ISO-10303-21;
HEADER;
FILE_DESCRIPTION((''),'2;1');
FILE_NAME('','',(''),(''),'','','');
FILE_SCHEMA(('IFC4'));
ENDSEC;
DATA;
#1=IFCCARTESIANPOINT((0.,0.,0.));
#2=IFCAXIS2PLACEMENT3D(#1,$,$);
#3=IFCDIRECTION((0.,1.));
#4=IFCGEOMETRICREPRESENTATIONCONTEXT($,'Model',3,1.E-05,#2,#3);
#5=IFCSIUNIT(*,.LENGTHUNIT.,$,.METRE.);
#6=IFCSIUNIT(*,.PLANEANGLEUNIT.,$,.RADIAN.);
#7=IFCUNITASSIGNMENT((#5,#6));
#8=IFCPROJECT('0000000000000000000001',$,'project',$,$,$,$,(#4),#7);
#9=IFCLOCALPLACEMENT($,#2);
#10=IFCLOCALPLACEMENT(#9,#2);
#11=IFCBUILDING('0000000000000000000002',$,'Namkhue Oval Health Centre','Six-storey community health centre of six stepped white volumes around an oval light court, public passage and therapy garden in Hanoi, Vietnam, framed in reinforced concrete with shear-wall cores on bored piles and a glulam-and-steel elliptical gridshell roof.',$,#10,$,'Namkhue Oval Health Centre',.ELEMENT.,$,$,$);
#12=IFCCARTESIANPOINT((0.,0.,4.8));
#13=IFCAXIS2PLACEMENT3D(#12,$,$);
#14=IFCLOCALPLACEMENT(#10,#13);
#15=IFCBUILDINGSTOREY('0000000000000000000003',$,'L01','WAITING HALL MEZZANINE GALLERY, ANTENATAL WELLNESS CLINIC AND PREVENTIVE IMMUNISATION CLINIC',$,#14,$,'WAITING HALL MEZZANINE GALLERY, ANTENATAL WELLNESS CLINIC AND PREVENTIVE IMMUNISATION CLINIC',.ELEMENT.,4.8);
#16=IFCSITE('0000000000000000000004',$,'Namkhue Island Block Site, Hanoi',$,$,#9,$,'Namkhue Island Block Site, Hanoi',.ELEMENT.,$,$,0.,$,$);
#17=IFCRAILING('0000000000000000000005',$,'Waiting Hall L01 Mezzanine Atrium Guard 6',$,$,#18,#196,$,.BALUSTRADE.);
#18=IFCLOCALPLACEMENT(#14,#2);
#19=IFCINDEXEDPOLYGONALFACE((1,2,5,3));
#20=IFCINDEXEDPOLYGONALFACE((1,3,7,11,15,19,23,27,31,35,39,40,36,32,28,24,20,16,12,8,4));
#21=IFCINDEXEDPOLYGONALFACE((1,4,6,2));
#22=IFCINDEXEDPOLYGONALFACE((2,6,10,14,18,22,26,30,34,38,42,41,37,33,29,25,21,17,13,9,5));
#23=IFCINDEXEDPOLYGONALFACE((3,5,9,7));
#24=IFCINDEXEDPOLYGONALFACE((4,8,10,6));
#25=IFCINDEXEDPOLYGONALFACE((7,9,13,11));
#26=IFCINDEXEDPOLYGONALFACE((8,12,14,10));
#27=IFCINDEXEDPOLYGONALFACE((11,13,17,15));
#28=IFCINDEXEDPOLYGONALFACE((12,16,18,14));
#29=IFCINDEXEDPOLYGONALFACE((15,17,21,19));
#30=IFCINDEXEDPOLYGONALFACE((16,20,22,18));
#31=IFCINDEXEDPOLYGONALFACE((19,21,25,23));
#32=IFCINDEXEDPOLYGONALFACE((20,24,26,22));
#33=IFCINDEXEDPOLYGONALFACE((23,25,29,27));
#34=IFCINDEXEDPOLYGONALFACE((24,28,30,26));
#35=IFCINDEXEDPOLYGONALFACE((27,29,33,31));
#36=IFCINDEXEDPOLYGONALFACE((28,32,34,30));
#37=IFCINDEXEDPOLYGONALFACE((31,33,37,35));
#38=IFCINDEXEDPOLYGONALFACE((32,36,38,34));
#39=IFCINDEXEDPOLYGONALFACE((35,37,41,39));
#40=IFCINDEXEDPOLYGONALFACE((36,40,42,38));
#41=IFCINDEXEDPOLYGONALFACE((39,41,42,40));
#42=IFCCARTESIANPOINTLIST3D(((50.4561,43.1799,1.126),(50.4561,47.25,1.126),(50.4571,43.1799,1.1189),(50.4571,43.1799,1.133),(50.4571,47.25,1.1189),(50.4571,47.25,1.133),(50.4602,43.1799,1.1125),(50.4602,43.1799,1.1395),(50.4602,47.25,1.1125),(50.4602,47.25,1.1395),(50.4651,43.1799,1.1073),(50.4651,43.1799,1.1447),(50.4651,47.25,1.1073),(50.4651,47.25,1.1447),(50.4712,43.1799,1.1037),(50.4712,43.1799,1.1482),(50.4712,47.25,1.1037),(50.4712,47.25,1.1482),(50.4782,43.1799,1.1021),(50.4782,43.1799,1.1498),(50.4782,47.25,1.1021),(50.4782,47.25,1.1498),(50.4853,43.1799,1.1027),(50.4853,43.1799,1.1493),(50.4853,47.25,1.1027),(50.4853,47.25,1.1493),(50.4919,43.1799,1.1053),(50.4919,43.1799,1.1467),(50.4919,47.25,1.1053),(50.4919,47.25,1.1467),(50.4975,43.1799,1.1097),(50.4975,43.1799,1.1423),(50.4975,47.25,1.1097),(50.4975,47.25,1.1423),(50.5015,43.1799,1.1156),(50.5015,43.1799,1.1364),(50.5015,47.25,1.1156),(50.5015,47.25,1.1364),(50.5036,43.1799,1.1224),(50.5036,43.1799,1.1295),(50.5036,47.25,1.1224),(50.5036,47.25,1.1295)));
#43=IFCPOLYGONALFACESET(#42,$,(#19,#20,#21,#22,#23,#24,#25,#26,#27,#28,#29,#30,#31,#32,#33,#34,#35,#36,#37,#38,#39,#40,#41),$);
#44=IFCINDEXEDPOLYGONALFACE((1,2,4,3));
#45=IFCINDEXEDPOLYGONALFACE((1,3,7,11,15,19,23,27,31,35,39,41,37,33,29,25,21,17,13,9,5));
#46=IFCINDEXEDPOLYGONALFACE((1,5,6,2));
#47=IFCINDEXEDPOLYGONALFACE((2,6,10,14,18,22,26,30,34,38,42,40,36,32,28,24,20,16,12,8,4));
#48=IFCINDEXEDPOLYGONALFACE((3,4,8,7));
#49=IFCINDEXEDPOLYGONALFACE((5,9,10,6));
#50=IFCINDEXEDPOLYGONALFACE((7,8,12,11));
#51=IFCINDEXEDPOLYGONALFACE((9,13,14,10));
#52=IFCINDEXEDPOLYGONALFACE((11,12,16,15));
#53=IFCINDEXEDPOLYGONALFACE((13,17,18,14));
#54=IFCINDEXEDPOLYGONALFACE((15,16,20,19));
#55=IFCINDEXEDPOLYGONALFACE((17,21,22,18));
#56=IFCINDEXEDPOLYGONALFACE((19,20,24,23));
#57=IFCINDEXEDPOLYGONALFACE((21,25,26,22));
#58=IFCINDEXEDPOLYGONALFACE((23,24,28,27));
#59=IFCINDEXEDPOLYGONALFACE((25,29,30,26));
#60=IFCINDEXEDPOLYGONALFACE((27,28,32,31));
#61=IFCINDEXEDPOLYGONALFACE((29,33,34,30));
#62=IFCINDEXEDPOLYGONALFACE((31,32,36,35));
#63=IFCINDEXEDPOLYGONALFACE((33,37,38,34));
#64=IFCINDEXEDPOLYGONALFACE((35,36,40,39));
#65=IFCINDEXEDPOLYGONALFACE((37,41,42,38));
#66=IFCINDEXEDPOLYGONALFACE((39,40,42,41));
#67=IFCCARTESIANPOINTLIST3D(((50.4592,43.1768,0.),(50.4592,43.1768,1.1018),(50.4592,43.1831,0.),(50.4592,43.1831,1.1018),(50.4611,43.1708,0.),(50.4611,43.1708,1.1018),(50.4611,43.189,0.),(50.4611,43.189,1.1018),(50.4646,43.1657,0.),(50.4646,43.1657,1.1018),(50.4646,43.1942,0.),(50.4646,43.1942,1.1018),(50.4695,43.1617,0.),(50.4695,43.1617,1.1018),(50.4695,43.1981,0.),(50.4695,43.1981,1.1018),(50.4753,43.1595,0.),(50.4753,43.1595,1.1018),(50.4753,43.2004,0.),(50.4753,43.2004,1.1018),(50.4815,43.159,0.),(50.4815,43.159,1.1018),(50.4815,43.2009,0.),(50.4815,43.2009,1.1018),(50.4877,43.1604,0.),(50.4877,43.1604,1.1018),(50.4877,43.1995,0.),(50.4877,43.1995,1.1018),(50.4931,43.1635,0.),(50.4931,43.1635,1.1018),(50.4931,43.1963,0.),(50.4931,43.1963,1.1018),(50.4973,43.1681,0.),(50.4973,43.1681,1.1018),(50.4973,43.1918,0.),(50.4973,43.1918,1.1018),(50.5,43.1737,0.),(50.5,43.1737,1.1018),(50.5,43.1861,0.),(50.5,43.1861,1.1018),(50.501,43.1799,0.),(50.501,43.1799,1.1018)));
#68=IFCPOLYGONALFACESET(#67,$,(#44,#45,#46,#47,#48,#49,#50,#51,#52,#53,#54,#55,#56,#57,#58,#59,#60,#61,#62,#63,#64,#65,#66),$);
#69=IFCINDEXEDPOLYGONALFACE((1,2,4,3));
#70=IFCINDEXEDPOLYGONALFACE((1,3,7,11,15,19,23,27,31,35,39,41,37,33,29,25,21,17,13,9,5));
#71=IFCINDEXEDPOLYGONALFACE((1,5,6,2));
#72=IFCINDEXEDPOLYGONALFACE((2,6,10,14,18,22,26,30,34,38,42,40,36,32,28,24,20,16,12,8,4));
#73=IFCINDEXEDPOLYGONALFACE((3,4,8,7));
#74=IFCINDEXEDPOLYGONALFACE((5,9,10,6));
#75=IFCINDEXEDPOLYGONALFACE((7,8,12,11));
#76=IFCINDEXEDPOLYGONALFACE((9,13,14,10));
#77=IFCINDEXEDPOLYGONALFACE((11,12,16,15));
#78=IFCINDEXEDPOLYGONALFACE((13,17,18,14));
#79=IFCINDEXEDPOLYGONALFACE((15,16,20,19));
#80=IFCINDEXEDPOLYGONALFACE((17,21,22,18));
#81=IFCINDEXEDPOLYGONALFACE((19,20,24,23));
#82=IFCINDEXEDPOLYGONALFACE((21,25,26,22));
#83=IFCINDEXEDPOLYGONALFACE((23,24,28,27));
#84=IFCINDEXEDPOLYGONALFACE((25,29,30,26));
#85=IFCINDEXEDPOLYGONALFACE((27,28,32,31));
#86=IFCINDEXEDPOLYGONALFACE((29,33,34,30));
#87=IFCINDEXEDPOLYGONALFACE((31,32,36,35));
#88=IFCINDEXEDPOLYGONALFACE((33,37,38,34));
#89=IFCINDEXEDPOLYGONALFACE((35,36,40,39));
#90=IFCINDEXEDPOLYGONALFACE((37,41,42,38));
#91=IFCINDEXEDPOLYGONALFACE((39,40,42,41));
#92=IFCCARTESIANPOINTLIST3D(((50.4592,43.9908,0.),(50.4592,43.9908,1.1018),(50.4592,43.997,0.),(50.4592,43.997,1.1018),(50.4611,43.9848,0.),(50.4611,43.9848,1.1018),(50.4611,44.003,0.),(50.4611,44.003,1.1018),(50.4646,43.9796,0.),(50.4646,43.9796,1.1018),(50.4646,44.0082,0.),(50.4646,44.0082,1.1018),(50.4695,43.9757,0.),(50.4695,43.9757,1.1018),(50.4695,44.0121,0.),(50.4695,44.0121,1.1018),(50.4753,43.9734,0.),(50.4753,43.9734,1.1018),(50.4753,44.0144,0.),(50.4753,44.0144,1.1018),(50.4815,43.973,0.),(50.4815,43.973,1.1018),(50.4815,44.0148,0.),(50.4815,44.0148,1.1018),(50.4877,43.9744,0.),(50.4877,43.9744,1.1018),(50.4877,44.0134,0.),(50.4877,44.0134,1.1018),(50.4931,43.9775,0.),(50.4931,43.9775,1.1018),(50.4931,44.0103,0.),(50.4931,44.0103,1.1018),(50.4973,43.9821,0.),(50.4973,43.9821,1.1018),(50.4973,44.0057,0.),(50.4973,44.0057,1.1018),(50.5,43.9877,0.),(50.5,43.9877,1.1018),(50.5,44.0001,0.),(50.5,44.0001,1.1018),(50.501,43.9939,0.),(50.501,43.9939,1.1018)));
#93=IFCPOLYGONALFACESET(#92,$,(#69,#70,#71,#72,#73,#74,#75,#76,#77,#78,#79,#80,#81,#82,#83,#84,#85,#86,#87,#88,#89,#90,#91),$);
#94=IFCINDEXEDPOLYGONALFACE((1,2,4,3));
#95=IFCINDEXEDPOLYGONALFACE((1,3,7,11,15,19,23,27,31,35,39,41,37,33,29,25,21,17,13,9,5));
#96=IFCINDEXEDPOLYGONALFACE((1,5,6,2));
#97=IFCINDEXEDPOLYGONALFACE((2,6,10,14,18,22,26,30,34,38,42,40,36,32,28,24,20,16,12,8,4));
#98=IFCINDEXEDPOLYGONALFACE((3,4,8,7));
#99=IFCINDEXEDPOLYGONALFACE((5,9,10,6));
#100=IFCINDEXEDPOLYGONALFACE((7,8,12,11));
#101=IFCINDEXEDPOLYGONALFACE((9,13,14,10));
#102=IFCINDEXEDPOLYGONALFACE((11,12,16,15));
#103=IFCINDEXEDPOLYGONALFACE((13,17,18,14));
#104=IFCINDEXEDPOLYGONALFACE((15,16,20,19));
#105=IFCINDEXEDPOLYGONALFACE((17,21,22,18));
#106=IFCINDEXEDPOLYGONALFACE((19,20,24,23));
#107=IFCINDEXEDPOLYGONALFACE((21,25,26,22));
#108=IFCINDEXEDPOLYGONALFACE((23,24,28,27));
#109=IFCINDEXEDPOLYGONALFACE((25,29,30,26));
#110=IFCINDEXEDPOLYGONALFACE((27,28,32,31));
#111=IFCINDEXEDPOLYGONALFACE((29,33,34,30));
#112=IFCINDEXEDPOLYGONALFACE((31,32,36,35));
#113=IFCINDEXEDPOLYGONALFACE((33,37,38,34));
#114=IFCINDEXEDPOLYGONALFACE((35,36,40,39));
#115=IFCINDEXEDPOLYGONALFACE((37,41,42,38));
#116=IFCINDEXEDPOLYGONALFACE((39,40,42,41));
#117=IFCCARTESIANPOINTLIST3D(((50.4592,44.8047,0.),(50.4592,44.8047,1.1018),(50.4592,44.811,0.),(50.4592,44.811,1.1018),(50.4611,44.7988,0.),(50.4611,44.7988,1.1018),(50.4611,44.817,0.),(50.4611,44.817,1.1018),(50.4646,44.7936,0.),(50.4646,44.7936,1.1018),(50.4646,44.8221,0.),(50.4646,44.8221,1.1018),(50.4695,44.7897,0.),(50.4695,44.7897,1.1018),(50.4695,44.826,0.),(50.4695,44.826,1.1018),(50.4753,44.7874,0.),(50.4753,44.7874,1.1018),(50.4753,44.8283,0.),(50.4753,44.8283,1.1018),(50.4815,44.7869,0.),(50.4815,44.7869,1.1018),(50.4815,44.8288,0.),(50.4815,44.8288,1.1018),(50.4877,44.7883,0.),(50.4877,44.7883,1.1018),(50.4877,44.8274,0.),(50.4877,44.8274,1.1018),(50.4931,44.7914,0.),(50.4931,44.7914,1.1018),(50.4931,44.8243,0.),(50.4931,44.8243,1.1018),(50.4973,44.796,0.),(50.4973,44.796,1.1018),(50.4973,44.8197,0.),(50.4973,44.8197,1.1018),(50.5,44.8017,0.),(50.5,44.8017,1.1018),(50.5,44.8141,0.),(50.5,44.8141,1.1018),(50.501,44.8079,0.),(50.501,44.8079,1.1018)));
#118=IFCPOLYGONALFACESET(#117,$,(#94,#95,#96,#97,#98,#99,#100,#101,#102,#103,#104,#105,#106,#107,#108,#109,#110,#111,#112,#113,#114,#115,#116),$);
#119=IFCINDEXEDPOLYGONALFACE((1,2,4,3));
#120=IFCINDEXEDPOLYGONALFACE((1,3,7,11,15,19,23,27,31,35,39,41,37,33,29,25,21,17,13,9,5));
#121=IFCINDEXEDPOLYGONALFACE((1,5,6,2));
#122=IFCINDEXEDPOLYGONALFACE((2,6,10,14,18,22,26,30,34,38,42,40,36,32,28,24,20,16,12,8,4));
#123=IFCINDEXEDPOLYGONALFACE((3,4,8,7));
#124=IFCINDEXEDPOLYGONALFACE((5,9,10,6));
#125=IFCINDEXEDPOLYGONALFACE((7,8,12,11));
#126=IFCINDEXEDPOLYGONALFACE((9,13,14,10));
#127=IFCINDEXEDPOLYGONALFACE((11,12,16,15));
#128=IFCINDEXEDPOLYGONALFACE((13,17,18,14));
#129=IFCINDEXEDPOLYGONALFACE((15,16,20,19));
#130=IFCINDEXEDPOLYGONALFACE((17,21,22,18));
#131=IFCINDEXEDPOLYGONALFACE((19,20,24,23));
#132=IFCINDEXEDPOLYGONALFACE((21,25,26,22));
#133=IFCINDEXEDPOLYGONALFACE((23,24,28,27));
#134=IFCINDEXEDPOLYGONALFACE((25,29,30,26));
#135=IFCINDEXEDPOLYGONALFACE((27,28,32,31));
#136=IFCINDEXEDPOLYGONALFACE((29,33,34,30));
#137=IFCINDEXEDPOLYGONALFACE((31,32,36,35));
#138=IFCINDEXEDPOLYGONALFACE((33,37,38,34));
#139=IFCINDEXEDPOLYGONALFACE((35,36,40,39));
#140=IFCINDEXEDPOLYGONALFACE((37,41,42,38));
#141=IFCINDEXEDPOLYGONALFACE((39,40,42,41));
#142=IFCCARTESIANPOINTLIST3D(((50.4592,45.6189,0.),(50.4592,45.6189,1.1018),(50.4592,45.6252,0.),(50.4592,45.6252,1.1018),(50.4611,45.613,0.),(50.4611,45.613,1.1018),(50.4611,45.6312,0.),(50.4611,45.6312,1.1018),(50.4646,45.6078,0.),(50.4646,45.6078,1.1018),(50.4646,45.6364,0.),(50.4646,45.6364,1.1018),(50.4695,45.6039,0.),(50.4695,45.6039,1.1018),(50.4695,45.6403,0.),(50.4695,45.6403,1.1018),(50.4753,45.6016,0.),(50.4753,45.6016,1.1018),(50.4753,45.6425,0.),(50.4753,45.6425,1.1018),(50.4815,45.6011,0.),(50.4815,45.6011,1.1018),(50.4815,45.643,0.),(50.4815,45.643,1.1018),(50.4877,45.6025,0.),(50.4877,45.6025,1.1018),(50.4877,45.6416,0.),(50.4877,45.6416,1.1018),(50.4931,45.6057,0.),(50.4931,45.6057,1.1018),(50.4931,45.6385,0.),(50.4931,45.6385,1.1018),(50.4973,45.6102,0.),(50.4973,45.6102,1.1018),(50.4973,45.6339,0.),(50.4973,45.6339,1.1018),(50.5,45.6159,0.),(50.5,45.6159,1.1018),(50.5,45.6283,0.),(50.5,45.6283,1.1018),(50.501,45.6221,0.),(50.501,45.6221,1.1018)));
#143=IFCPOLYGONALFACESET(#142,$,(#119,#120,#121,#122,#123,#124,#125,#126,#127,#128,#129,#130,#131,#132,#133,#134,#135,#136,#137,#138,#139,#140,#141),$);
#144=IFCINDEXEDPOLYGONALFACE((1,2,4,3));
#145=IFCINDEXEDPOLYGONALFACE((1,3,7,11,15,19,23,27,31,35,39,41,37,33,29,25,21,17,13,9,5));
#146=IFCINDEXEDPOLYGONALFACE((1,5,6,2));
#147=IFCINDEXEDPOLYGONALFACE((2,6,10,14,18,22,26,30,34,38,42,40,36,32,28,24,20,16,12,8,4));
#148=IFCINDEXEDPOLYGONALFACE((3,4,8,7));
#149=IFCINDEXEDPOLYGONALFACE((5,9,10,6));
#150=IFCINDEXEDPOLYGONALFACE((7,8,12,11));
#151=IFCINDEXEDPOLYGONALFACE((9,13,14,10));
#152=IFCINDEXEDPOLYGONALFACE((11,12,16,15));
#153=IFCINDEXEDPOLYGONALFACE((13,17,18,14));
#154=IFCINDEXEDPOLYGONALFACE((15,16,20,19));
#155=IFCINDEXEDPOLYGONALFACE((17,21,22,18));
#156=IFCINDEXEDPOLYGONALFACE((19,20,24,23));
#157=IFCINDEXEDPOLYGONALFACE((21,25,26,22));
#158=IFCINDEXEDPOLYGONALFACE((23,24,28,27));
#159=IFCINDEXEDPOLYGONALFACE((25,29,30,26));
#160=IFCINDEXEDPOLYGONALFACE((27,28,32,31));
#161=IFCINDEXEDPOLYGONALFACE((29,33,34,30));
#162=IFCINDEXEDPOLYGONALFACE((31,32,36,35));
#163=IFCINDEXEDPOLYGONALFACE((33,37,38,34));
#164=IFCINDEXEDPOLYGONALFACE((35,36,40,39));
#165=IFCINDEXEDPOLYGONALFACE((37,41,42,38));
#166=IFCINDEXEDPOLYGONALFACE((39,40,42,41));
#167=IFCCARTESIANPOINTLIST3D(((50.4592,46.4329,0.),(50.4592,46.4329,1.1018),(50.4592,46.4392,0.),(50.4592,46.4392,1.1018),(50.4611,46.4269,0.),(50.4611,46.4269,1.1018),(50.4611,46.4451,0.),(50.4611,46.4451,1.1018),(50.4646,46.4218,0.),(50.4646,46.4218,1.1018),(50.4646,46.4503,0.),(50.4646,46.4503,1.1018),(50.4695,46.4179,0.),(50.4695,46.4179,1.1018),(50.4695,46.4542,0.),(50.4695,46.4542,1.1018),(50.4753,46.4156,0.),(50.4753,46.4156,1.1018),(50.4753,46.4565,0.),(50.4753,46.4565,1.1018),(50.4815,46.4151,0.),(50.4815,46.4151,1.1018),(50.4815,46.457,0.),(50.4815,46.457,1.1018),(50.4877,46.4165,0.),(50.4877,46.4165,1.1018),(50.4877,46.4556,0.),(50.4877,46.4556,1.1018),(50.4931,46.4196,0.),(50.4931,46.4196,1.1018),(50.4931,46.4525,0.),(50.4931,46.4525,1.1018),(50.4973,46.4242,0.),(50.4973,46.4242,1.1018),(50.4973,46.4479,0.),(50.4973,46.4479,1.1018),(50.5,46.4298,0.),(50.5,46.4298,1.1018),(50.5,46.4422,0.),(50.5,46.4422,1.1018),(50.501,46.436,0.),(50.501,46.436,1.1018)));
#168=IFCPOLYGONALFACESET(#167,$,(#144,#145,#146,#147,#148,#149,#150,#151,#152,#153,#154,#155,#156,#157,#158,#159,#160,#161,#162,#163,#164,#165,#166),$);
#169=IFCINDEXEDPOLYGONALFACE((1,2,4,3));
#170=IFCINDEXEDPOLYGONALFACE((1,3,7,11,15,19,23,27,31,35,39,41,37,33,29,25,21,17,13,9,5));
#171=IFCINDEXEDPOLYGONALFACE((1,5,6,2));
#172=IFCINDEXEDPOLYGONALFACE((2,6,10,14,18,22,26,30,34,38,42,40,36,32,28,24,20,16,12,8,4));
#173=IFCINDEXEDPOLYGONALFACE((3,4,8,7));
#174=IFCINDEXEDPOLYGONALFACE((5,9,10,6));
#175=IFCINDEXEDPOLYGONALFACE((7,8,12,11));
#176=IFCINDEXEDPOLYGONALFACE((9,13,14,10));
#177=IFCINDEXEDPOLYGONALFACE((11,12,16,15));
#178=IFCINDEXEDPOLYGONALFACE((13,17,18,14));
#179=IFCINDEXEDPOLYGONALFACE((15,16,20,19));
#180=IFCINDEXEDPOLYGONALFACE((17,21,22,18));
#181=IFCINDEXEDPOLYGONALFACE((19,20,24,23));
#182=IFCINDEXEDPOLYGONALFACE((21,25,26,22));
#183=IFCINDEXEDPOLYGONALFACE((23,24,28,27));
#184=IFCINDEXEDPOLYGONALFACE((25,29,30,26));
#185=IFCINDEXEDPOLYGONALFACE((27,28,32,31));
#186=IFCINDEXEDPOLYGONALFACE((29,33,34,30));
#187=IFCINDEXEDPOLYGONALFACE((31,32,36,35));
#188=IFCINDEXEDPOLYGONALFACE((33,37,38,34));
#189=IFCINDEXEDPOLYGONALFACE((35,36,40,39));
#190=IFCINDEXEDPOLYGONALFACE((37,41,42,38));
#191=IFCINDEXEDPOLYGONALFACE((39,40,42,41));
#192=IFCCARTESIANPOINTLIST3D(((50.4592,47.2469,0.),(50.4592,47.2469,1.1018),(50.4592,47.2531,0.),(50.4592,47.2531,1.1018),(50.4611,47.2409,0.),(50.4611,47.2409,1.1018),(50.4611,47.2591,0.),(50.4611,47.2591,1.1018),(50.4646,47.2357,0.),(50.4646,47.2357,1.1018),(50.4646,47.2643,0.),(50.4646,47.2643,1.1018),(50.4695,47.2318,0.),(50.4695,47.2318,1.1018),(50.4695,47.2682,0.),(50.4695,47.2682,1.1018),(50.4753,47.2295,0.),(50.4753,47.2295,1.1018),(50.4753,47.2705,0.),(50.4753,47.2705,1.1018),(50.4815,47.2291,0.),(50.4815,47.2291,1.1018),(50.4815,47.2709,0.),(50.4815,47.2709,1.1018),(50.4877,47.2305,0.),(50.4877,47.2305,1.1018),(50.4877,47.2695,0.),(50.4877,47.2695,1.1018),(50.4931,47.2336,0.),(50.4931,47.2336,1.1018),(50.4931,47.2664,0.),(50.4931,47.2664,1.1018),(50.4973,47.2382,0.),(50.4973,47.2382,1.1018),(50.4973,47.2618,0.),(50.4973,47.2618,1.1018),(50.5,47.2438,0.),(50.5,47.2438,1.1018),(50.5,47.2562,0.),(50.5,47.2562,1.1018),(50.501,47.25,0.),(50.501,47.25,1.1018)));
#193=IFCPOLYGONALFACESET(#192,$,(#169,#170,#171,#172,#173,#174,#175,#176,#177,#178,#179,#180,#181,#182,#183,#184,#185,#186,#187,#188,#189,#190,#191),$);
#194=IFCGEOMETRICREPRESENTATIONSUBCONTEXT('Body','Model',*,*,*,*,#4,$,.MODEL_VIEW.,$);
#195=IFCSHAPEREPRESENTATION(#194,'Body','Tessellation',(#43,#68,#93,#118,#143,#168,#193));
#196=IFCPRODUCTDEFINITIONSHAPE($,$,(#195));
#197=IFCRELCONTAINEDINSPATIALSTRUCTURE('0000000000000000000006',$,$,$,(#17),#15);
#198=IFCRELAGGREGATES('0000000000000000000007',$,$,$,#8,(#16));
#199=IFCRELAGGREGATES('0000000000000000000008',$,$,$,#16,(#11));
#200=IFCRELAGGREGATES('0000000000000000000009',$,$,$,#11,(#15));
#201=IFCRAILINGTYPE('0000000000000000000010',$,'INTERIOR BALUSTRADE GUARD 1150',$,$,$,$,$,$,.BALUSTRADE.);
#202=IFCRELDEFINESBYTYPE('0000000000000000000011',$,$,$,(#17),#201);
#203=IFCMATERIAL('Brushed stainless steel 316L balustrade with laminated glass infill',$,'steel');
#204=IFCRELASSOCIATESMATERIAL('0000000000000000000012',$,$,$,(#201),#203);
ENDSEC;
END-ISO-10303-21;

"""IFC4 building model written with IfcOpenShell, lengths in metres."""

from ifc_helpers import new_model, si_unit, direction, frame, origin, origin_2d, place, context, subcontext, project, spatial, circle, extrude, material, type_object, element, save


model = new_model("IFC4")

# Units and contexts
model_context = context("Model", 3, precision=1e-05, world=origin(), true_north=direction((0.0, 1.0)))
body_context = subcontext(model_context, "Body", "Model", "MODEL_VIEW")
ifc_project = project(units=[si_unit("LENGTHUNIT", "METRE"), si_unit("PLANEANGLEUNIT", "RADIAN")], contexts=[model_context])

# Site, building, storey
site_placement = place(None, origin())
site = spatial("IfcSite", under=ifc_project, at=site_placement, Name="Namkhue Island Block Site, Hanoi", LongName="Namkhue Island Block Site, Hanoi", CompositionType="ELEMENT", RefElevation=0.0)
building_placement = place(site_placement, origin())
building = spatial("IfcBuilding", under=site, at=building_placement, Name="Namkhue Oval Health Centre", Description="Six-storey community health centre of six stepped white volumes around an oval light court, public passage and therapy garden in Hanoi, Vietnam, framed in reinforced concrete with shear-wall cores on bored piles and a glulam-and-steel elliptical gridshell roof.", LongName="Namkhue Oval Health Centre", CompositionType="ELEMENT")
storey_placement = place(building_placement, frame((0.0, 0.0, 4.8)))
storey = spatial("IfcBuildingStorey", under=building, at=storey_placement, Name="L01", Description="WAITING HALL MEZZANINE GALLERY, ANTENATAL WELLNESS CLINIC AND PREVENTIVE IMMUNISATION CLINIC", LongName="WAITING HALL MEZZANINE GALLERY, ANTENATAL WELLNESS CLINIC AND PREVENTIVE IMMUNISATION CLINIC", CompositionType="ELEMENT", Elevation=4.8)

# Railing
ifc_material_1 = material(Name="Brushed stainless steel 316L balustrade with laminated glass infill", Category="steel")
railing_type = type_object("IfcRailingType", Name="INTERIOR BALUSTRADE GUARD 1150", PredefinedType="BALUSTRADE", material=ifc_material_1)
railing_1_placement = place(storey_placement, frame((50.48, 43.1799, 0.0)))
element("IfcRailing", 1, at=railing_1_placement, inside=storey, type_object=railing_type, Name="Waiting Hall L01 Mezzanine Atrium Guard 6", PredefinedType="BALUSTRADE", context=body_context, shape_type="SweptSolid", body=[
    extrude(circle(Radius=0.0239, at=origin_2d()), frame((0.0, 0.0, 1.126), z_axis=(0.0, 1.0, 0.0), x_axis=(-1.0, 0.0, 0.0)), (0.0, 0.0, 1.0), 4.0701),
    extrude(circle(Radius=0.021, at=origin_2d()), origin(), (0.0, 0.0, 1.0), 1.1018),
    extrude(circle(Radius=0.021, at=origin_2d()), frame((0.0, 0.814, 0.0)), (0.0, 0.0, 1.0), 1.1018),
    extrude(circle(Radius=0.021, at=origin_2d()), frame((0.0, 1.6279, 0.0)), (0.0, 0.0, 1.0), 1.1018),
    extrude(circle(Radius=0.021, at=origin_2d()), frame((0.0, 2.4421, 0.0)), (0.0, 0.0, 1.0), 1.1018),
    extrude(circle(Radius=0.021, at=origin_2d()), frame((0.0, 3.2561, 0.0)), (0.0, 0.0, 1.0), 1.1018),
    extrude(circle(Radius=0.021, at=origin_2d()), frame((0.0, 4.0701, 0.0)), (0.0, 0.0, 1.0), 1.1018),
])

save(model, "model.ifc")
